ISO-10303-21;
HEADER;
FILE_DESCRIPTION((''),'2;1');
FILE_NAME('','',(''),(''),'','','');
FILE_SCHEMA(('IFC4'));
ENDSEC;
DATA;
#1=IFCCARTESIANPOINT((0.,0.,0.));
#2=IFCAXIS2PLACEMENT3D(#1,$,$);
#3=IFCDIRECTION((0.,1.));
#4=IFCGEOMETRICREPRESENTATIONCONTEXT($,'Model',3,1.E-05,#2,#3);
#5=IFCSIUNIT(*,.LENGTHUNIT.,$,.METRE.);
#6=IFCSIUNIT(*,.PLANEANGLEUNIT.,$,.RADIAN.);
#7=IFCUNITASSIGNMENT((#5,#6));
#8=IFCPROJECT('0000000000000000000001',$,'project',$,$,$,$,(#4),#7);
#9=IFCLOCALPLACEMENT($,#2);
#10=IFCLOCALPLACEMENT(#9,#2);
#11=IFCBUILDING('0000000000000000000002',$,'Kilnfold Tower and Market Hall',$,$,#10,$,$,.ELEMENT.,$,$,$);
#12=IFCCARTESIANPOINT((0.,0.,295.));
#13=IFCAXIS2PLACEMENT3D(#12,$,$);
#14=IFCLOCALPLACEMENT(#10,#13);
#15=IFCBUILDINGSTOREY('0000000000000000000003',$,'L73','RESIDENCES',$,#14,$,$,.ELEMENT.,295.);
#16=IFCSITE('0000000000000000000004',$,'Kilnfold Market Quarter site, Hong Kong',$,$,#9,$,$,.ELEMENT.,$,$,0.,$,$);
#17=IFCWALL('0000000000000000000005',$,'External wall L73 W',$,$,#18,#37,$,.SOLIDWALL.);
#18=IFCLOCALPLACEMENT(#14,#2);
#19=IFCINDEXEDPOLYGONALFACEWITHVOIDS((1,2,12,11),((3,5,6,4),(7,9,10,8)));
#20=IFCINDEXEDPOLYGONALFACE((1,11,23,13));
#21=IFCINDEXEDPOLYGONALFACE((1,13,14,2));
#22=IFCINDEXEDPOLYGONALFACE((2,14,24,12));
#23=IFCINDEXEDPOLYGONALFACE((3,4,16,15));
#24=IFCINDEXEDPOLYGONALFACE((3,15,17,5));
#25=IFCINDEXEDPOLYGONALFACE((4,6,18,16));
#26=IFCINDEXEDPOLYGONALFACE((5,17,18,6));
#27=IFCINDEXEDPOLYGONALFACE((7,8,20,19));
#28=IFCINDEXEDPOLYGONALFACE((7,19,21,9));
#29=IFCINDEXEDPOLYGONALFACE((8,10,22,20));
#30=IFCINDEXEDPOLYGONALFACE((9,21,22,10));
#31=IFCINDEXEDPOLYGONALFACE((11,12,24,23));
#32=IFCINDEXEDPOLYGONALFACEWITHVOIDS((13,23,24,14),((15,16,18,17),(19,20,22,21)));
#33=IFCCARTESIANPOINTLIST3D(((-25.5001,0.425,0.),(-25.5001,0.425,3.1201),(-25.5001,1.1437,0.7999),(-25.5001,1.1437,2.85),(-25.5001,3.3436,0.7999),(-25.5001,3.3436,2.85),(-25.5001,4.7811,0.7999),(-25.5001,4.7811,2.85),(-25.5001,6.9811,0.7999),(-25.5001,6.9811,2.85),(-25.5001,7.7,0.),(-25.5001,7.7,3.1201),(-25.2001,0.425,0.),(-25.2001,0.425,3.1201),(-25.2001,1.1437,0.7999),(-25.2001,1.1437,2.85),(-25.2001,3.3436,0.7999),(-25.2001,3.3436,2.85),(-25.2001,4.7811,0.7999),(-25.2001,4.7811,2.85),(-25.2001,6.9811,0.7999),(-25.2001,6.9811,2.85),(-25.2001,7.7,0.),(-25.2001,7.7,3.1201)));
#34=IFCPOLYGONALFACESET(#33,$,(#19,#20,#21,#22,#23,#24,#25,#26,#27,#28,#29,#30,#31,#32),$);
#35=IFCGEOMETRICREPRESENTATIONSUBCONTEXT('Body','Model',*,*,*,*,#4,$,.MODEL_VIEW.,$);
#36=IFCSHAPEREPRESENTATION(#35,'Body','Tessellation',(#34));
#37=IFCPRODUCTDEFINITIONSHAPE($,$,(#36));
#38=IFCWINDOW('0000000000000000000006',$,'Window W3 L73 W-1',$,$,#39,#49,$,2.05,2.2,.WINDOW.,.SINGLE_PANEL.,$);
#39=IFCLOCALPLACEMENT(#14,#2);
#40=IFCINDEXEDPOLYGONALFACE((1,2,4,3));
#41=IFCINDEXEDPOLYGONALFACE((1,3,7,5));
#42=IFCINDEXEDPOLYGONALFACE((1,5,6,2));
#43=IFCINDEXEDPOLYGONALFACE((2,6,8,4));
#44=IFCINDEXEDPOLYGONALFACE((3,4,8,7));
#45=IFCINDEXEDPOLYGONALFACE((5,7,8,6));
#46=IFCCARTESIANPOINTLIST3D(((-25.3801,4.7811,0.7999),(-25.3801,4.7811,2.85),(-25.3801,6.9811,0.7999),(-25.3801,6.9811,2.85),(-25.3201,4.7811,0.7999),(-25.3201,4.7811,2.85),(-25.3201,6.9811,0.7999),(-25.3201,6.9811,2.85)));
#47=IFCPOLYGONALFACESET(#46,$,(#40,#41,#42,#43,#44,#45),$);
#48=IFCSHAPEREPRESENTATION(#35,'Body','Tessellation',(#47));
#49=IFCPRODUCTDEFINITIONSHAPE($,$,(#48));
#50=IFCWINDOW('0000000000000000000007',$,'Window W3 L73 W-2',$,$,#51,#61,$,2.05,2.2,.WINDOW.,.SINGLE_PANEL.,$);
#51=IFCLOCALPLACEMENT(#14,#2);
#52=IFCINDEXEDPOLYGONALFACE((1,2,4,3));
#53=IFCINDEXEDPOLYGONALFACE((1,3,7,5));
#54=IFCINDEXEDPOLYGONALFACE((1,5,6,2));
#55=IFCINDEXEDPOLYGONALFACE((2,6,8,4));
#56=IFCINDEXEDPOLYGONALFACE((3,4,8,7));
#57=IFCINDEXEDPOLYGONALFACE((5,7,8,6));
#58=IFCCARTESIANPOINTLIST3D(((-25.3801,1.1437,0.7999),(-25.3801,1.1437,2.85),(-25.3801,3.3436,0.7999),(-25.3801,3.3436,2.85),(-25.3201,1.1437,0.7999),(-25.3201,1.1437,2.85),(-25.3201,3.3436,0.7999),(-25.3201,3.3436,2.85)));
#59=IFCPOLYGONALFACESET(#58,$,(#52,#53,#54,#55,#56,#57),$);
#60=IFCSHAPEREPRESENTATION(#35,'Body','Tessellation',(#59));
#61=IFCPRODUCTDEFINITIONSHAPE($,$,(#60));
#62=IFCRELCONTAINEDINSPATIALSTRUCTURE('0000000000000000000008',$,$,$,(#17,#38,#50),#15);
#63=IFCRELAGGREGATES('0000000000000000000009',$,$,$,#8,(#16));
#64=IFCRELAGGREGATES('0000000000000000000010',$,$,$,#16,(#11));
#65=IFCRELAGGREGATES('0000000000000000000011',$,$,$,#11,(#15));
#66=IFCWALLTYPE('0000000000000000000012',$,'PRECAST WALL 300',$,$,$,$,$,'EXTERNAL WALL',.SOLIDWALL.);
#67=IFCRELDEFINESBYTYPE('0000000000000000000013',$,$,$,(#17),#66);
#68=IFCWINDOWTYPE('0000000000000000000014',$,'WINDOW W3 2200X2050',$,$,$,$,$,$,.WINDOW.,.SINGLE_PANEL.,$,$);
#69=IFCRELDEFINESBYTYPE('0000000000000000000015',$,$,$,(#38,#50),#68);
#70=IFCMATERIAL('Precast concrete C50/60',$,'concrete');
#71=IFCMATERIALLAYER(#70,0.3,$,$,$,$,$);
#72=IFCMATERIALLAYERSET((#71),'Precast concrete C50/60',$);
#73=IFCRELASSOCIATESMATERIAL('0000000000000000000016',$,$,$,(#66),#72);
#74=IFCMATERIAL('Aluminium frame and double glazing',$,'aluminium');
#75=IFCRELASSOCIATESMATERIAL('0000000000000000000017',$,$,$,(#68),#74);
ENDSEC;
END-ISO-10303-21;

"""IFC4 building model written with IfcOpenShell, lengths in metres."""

from ifc_helpers import new_model, si_unit, direction, frame, frame_2d, origin, place, context, subcontext, project, spatial, rectangle, extrude, source, transform, mapped, material, layer, layer_set, type_object, element, fill, save


model = new_model("IFC4")

# Units and contexts
model_context = context("Model", 3, precision=1e-05, world=origin(), true_north=direction((0.0, 1.0)))
body_context = subcontext(model_context, "Body", "Model", "MODEL_VIEW")
ifc_project = project(units=[si_unit("LENGTHUNIT", "METRE"), si_unit("PLANEANGLEUNIT", "RADIAN")], contexts=[model_context])

# Site, building, storey
site_placement = place(None, origin())
site = spatial("IfcSite", under=ifc_project, at=site_placement, Name="Kilnfold Market Quarter site, Hong Kong", CompositionType="ELEMENT", RefElevation=0.0)
building_placement = place(site_placement, origin())
building = spatial("IfcBuilding", under=site, at=building_placement, Name="Kilnfold Tower and Market Hall", CompositionType="ELEMENT")
storey_placement = place(building_placement, frame((0.0, 0.0, 295.0)))
storey = spatial("IfcBuildingStorey", under=building, at=storey_placement, Name="L73", Description="RESIDENCES", CompositionType="ELEMENT", Elevation=295.0)

# Wall, openings, windows
ifc_material_1 = material(Name="Precast concrete C50/60", Category="concrete")
ifc_layer_1 = layer(ifc_material_1, 0.3)
ifc_layer_set_1 = layer_set([ifc_layer_1], Name="Precast concrete C50/60")
wall_type_1 = type_object("IfcWallType", Name="PRECAST WALL 300", ElementType="EXTERNAL WALL", PredefinedType="SOLIDWALL", material=ifc_layer_set_1)
shared_shape_1 = source(origin(), body_context, "Body", "SweptSolid", [
    extrude(rectangle(XDim=7.2749, YDim=0.3, at=frame_2d((3.6375, 0.0))), origin(), (0.0, 0.0, 1.0), 3.1201),
])
wall_1_placement = place(storey_placement, frame((-25.3501, 7.7, 0.0), z_axis=(0.0, 0.0, 1.0), x_axis=(0.0, -1.0, 0.0)))
wall_1 = element("IfcWall", 1, at=wall_1_placement, inside=storey, type_object=wall_type_1, Name="External wall L73 W", PredefinedType="SOLIDWALL", context=body_context, shape_type="MappedRepresentation", body=[
    mapped(shared_shape_1, transform((0.0, 0.0, 0.0))),
])
opening_1_placement = place(wall_1_placement, frame((0.7188, 0.0, 0.8)))
opening_1 = element("IfcOpeningElement", 2, at=opening_1_placement, cuts=wall_1, PredefinedType="OPENING", context=body_context, shape_type="SweptSolid", body=[
    extrude(rectangle(XDim=2.2, YDim=2.05, at=frame_2d((1.1001, 1.0249))), frame((0.0, 0.1602, 0.0), z_axis=(0.0, -1.0, 0.0), x_axis=(1.0, 0.0, 0.0)), (0.0, 0.0, 1.0), 0.3201),
])
opening_2_placement = place(wall_1_placement, frame((4.3562, 0.0, 0.8)))
opening_2 = element("IfcOpeningElement", 3, at=opening_2_placement, cuts=wall_1, PredefinedType="OPENING", context=body_context, shape_type="SweptSolid", body=[
    extrude(rectangle(XDim=2.2, YDim=2.05, at=frame_2d((1.1001, 1.0249))), frame((0.0, 0.1602, 0.0), z_axis=(0.0, -1.0, 0.0), x_axis=(1.0, 0.0, 0.0)), (0.0, 0.0, 1.0), 0.3201),
])
ifc_material_2 = material(Name="Aluminium frame and double glazing", Category="aluminium")
window_type = type_object("IfcWindowType", Name="WINDOW W3 2200X2050", PartitioningType="SINGLE_PANEL", PredefinedType="WINDOW", material=ifc_material_2)
window_1_placement = place(opening_1_placement, origin())
window_1 = element("IfcWindow", 4, at=window_1_placement, inside=storey, type_object=window_type, Name="Window W3 L73 W-1", OverallHeight=2.05, OverallWidth=2.2, PartitioningType="SINGLE_PANEL", PredefinedType="WINDOW", context=body_context, shape_type="SweptSolid", body=[
    extrude(rectangle(XDim=2.2, YDim=2.05, at=frame_2d((1.1001, 1.0249))), frame((0.0, 0.03, 0.0), z_axis=(0.0, -1.0, 0.0), x_axis=(1.0, 0.0, 0.0)), (0.0, 0.0, 1.0), 0.0601),
])
fill(opening_1, window_1)
window_2_placement = place(opening_2_placement, origin())
window_2 = element("IfcWindow", 5, at=window_2_placement, inside=storey, type_object=window_type, Name="Window W3 L73 W-2", OverallHeight=2.05, OverallWidth=2.2, PartitioningType="SINGLE_PANEL", PredefinedType="WINDOW", context=body_context, shape_type="SweptSolid", body=[
    extrude(rectangle(XDim=2.2, YDim=2.05, at=frame_2d((1.1001, 1.0249))), frame((0.0, 0.03, 0.0), z_axis=(0.0, -1.0, 0.0), x_axis=(1.0, 0.0, 0.0)), (0.0, 0.0, 1.0), 0.0601),
])
fill(opening_2, window_2)

save(model, "model.ifc")
